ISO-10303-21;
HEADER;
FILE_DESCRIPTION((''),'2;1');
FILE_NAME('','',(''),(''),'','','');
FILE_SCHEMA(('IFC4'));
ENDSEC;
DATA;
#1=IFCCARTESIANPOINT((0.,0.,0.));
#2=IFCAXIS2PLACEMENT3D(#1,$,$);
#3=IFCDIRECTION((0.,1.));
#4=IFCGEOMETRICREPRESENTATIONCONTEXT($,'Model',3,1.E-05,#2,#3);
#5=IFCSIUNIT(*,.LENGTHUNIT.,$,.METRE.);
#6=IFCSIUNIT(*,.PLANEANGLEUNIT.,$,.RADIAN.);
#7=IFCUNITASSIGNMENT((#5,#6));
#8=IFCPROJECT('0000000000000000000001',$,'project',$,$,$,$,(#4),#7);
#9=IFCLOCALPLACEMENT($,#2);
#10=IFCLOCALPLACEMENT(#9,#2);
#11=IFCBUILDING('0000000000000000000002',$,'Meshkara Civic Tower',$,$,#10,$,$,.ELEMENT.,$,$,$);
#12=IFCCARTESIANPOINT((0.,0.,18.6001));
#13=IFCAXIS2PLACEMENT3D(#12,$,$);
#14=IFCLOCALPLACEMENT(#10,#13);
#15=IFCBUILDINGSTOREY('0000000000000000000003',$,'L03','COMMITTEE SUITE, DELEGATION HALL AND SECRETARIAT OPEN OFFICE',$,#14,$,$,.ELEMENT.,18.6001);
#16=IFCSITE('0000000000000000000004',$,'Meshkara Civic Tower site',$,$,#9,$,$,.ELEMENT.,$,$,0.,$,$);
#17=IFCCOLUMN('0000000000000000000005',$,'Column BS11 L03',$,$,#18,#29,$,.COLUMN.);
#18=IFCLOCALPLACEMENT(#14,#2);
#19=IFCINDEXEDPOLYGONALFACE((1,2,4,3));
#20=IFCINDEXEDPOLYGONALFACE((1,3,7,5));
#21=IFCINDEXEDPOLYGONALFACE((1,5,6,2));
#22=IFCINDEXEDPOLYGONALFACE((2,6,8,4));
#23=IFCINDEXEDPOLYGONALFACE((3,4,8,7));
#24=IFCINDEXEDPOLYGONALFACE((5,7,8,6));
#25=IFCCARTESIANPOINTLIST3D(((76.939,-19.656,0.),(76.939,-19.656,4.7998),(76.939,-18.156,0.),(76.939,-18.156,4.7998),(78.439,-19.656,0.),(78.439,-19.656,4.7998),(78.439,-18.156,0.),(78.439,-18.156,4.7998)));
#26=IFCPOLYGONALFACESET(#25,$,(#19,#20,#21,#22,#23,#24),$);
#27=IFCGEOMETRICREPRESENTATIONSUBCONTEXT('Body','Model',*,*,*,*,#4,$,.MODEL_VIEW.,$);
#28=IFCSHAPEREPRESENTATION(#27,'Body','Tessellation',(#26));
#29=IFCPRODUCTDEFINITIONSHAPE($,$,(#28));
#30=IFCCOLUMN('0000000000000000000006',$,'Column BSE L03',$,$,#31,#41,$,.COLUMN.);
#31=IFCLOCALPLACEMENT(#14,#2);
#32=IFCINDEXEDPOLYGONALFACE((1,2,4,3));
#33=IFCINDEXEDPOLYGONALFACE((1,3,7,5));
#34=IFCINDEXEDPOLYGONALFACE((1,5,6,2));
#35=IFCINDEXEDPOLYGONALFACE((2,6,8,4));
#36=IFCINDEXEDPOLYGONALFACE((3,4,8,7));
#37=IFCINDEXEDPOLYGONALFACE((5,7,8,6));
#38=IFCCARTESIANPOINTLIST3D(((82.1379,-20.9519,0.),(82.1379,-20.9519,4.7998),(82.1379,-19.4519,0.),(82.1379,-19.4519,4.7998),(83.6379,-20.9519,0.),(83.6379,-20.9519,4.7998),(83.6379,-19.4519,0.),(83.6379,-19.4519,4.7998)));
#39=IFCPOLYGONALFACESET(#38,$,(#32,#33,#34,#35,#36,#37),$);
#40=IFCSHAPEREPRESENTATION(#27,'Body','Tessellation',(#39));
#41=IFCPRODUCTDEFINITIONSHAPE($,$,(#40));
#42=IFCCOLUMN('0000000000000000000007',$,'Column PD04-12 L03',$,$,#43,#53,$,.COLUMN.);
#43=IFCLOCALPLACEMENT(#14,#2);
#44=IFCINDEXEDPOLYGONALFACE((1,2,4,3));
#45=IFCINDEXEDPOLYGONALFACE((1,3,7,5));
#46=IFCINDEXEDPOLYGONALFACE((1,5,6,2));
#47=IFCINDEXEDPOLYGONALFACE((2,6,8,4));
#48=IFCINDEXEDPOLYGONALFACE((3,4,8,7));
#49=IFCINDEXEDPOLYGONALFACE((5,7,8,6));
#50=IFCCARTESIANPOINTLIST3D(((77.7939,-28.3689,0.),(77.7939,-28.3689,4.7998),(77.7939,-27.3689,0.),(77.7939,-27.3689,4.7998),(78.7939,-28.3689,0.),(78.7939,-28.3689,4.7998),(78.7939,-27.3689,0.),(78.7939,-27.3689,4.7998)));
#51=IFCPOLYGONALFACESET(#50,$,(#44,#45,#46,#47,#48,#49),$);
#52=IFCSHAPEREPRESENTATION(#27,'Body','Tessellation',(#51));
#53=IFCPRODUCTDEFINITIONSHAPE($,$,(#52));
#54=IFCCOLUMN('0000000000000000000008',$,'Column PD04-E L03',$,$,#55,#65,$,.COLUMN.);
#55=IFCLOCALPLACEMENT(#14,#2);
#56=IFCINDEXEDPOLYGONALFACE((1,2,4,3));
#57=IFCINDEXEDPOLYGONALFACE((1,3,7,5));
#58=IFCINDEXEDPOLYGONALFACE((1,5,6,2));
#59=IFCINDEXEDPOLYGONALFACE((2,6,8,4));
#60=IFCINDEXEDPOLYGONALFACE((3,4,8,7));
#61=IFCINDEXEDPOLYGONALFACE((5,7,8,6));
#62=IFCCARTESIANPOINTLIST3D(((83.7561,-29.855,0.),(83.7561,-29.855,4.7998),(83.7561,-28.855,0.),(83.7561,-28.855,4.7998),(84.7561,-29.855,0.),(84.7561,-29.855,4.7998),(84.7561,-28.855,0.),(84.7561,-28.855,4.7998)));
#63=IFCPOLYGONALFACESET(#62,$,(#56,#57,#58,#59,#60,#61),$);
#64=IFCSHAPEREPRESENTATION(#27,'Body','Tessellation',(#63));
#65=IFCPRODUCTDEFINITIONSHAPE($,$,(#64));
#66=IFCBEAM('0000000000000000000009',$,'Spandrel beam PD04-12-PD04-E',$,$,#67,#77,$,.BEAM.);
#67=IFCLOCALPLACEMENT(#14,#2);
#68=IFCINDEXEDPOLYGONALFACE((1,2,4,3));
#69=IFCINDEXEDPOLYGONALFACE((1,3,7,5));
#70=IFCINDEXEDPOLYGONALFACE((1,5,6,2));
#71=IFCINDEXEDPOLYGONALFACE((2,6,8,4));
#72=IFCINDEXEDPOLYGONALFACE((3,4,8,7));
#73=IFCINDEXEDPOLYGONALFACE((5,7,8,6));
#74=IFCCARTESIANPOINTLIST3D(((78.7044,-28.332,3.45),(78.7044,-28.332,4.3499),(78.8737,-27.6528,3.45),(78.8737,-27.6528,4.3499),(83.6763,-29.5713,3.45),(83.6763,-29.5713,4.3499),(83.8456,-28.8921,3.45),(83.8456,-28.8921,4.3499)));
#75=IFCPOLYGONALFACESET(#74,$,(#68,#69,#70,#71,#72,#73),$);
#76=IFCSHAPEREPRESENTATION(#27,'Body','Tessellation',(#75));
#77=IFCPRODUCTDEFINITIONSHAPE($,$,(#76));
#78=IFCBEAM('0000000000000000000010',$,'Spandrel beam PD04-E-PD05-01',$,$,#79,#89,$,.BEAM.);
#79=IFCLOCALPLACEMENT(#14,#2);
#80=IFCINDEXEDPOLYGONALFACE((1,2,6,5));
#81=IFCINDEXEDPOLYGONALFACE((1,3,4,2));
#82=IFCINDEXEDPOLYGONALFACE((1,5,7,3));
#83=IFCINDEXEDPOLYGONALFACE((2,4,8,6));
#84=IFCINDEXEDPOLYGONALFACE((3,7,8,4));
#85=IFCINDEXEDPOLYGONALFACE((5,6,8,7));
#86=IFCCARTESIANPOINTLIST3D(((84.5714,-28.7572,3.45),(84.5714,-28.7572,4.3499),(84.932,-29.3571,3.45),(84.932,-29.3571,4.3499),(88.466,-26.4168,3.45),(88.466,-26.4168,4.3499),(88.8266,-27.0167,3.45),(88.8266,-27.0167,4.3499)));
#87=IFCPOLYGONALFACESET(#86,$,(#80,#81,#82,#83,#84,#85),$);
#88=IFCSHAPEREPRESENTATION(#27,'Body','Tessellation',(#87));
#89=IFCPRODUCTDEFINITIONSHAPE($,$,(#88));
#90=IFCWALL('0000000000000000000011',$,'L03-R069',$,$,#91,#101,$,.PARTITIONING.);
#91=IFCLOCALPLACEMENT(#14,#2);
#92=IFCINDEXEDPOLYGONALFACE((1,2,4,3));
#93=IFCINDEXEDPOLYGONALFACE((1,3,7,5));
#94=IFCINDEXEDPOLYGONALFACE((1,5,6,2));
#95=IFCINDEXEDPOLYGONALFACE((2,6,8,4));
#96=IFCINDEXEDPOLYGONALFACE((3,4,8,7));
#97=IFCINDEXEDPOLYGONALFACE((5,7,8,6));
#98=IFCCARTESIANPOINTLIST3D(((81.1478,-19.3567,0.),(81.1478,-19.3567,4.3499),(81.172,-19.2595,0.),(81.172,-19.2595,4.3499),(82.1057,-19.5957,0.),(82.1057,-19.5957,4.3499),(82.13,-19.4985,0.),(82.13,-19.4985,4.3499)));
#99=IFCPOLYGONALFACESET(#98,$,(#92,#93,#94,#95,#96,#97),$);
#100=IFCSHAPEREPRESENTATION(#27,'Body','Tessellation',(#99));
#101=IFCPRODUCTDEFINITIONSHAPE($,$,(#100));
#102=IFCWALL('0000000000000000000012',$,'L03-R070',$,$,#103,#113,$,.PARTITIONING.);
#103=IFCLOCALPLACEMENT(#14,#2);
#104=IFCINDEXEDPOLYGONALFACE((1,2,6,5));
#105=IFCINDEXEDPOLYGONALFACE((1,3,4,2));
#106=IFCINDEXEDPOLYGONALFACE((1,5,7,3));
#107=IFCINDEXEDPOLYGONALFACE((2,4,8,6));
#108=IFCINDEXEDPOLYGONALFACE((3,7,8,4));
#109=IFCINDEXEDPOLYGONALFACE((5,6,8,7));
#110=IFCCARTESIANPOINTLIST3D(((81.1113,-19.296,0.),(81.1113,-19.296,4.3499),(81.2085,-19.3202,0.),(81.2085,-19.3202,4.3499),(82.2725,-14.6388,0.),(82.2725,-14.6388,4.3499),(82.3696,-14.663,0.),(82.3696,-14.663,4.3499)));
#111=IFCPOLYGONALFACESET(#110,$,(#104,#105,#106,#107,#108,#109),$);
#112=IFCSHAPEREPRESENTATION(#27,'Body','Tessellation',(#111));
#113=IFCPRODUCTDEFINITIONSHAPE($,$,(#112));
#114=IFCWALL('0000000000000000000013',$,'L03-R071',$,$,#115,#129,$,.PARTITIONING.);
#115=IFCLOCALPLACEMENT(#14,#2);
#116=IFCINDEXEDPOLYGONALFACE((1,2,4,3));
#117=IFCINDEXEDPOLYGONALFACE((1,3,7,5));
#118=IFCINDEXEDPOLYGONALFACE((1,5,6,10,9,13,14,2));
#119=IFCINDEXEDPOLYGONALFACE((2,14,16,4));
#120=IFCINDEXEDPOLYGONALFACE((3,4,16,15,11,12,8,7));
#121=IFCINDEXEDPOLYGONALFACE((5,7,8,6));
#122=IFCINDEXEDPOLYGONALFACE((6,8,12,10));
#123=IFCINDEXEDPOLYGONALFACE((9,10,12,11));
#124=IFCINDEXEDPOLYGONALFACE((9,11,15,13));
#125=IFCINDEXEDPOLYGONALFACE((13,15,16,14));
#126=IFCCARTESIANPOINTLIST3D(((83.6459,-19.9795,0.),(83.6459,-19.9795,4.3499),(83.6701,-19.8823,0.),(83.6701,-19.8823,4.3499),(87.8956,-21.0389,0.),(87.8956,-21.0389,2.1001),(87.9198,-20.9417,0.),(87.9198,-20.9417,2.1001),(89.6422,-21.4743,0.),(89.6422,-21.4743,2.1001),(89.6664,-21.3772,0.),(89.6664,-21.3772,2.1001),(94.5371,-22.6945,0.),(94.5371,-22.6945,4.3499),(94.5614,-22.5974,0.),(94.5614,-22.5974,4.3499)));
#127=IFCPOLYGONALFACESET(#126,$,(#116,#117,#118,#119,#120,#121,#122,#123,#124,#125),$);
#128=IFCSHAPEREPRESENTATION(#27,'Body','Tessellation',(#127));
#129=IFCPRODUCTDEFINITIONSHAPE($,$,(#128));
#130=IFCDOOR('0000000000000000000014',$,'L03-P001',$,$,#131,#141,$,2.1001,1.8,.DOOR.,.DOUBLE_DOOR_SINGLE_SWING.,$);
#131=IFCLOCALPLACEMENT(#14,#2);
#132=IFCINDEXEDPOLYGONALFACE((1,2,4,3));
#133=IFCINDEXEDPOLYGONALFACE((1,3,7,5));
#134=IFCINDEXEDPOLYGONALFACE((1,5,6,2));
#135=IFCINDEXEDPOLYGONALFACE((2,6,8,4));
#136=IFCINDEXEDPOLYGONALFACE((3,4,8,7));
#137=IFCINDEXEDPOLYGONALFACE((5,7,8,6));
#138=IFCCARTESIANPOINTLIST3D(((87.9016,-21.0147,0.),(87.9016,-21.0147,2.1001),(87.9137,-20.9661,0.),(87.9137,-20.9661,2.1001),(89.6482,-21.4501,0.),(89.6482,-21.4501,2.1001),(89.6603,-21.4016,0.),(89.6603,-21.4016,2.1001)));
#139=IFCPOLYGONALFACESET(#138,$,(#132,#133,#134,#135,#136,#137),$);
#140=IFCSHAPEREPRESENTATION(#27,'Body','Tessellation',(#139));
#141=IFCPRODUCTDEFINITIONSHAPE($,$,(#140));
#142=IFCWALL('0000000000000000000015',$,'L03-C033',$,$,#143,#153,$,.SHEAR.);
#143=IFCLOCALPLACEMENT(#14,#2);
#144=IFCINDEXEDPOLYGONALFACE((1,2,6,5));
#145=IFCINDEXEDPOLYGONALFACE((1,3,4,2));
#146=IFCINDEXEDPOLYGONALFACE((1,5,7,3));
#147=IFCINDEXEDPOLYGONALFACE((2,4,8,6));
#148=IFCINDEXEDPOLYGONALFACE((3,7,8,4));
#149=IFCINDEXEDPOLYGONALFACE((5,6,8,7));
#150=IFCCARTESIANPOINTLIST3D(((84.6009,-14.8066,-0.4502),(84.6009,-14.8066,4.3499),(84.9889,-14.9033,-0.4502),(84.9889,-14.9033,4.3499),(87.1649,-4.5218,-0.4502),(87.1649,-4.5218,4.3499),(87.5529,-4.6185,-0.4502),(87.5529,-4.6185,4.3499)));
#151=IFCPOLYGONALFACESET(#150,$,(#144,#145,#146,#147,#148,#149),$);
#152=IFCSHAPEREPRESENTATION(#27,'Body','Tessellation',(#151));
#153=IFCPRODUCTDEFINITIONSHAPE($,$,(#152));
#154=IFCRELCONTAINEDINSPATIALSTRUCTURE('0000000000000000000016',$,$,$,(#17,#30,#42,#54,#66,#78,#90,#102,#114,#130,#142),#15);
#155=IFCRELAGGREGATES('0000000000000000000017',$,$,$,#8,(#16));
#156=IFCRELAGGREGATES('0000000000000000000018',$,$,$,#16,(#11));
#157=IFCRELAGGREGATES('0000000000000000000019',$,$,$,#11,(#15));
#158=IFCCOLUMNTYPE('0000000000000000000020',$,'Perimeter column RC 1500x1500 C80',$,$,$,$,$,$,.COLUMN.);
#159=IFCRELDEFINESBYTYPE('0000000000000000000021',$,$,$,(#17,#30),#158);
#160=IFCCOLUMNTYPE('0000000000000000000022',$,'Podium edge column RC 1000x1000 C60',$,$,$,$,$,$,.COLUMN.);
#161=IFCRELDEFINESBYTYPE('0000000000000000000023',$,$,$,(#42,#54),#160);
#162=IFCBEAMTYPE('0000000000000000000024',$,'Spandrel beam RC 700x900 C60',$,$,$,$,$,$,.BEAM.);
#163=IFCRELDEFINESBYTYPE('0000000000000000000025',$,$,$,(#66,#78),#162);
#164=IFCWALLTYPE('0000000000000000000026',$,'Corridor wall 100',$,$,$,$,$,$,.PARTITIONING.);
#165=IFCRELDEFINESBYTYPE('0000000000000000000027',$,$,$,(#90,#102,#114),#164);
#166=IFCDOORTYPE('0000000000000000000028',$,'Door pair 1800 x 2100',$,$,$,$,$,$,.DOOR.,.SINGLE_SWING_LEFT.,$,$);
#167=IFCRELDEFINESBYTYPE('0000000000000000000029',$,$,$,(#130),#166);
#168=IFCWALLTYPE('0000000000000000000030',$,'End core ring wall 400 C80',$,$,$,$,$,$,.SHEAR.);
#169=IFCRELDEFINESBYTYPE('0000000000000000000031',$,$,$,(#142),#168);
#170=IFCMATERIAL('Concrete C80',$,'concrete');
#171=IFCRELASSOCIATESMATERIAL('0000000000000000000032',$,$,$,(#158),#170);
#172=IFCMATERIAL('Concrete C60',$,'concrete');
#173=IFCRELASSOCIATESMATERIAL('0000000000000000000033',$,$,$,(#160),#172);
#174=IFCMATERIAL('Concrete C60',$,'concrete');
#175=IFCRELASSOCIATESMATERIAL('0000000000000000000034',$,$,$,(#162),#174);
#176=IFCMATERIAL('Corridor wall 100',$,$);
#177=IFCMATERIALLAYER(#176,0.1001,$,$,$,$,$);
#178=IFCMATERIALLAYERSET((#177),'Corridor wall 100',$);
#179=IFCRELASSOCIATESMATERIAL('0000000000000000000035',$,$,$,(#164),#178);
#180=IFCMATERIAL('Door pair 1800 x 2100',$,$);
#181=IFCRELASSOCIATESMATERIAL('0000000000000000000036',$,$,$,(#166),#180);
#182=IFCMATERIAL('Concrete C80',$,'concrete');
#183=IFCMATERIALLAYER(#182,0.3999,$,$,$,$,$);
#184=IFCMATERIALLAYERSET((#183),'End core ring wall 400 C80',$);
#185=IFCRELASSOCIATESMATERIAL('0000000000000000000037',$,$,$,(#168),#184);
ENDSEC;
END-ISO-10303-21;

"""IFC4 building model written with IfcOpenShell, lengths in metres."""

from ifc_helpers import new_model, si_unit, direction, frame, frame_2d, origin, origin_2d, place, context, subcontext, project, spatial, rectangle, extrude, material, layer, layer_set, material_profile, profile_set, type_object, element, fill, save


model = new_model("IFC4")

# Units and contexts
model_context = context("Model", 3, precision=1e-05, world=origin(), true_north=direction((0.0, 1.0)))
body_context = subcontext(model_context, "Body", "Model", "MODEL_VIEW")
ifc_project = project(units=[si_unit("LENGTHUNIT", "METRE"), si_unit("PLANEANGLEUNIT", "RADIAN")], contexts=[model_context])

# Site, building, storey
site_placement = place(None, origin())
site = spatial("IfcSite", under=ifc_project, at=site_placement, Name="Meshkara Civic Tower site", CompositionType="ELEMENT", RefElevation=0.0)
building_placement = place(site_placement, origin())
building = spatial("IfcBuilding", under=site, at=building_placement, Name="Meshkara Civic Tower", CompositionType="ELEMENT")
storey_placement = place(building_placement, frame((0.0, 0.0, 18.6001)))
storey = spatial("IfcBuildingStorey", under=building, at=storey_placement, Name="L03", Description="COMMITTEE SUITE, DELEGATION HALL AND SECRETARIAT OPEN OFFICE", CompositionType="ELEMENT", Elevation=18.6001)

# Columns
ifc_material_1 = material(Name="Concrete C80", Category="concrete")
ifc_material_profile_1 = material_profile(ifc_material_1, rectangle(XDim=1.5, YDim=1.5, at=origin_2d()))
ifc_profile_set_1 = profile_set([ifc_material_profile_1], Name="Concrete C80")
column_type_1 = type_object("IfcColumnType", Name="Perimeter column RC 1500x1500 C80", PredefinedType="COLUMN", material=ifc_profile_set_1)
for number, where, z_axis, x_axis, name in (
    (1, (77.689, -18.906, 0.0), (0.0, 0.0, 1.0), (1.0, 0.0, 0.0), "Column BS11 L03"),
    (2, (82.8879, -20.2019, 0.0), (0.0, 0.0, 1.0), (1.0, 0.0, 0.0), "Column BSE L03"),
):
    element("IfcColumn", number, at=place(storey_placement, frame(where, z_axis=z_axis, x_axis=x_axis)), inside=storey, type_object=column_type_1, Name=name, PredefinedType="COLUMN", context=body_context, shape_type="SweptSolid", body=[
        extrude(rectangle(XDim=1.5, YDim=1.5, at=origin_2d()), origin(), (0.0, 0.0, 1.0), 4.7998),
    ])
ifc_material_2 = material(Name="Concrete C60", Category="concrete")
ifc_material_profile_2 = material_profile(ifc_material_2, rectangle(XDim=1.0, YDim=1.0, at=origin_2d()))
ifc_profile_set_2 = profile_set([ifc_material_profile_2], Name="Concrete C60")
column_type_2 = type_object("IfcColumnType", Name="Podium edge column RC 1000x1000 C60", PredefinedType="COLUMN", material=ifc_profile_set_2)
for number, where, z_axis, x_axis, name in (
    (3, (78.2939, -27.8689, 0.0), (0.0, 0.0, 1.0), (1.0, 0.0, 0.0), "Column PD04-12 L03"),
    (4, (84.2561, -29.355, 0.0), (0.0, 0.0, 1.0), (1.0, 0.0, 0.0), "Column PD04-E L03"),
):
    element("IfcColumn", number, at=place(storey_placement, frame(where, z_axis=z_axis, x_axis=x_axis)), inside=storey, type_object=column_type_2, Name=name, PredefinedType="COLUMN", context=body_context, shape_type="SweptSolid", body=[
        extrude(rectangle(XDim=1.0, YDim=1.0, at=origin_2d()), origin(), (0.0, 0.0, 1.0), 4.7998),
    ])

# Beams
ifc_material_3 = material(Name="Concrete C60", Category="concrete")
ifc_material_profile_3 = material_profile(ifc_material_3, rectangle(XDim=0.7, YDim=0.8999, at=origin_2d()))
ifc_profile_set_3 = profile_set([ifc_material_profile_3], Name="Concrete C60")
beam_type = type_object("IfcBeamType", Name="Spandrel beam RC 700x900 C60", PredefinedType="BEAM", material=ifc_profile_set_3)
beam_1_placement = place(storey_placement, frame((78.7891, -27.9924, 3.8999), z_axis=(0.970313, -0.241852, 0.0), x_axis=(0.241852, 0.970313, 0.0)))
element("IfcBeam", 5, at=beam_1_placement, inside=storey, type_object=beam_type, Name="Spandrel beam PD04-12-PD04-E", PredefinedType="BEAM", context=body_context, shape_type="SweptSolid", body=[
    extrude(rectangle(XDim=0.7, YDim=0.8999, at=origin_2d()), origin(), (0.0, 0.0, 1.0), 5.124),
])
beam_2_placement = place(storey_placement, frame((84.7517, -29.0571, 3.8999), z_axis=(0.857142, 0.51508, 0.0), x_axis=(-0.51508, 0.857142, 0.0)))
element("IfcBeam", 6, at=beam_2_placement, inside=storey, type_object=beam_type, Name="Spandrel beam PD04-E-PD05-01", PredefinedType="BEAM", context=body_context, shape_type="SweptSolid", body=[
    extrude(rectangle(XDim=0.7, YDim=0.8999, at=origin_2d()), origin(), (0.0, 0.0, 1.0), 4.5437),
])

# Walls
ifc_material_4 = material(Name="Corridor wall 100")
ifc_layer_1 = layer(ifc_material_4, 0.1001)
ifc_layer_set_1 = layer_set([ifc_layer_1], Name="Corridor wall 100")
wall_type_1 = type_object("IfcWallType", Name="Corridor wall 100", PredefinedType="PARTITIONING", material=ifc_layer_set_1)
wall_1_placement = place(storey_placement, frame((81.1599, -19.3081, 0.0), z_axis=(0.0, 0.0, 1.0), x_axis=(0.970259, -0.24207, 0.0)))
element("IfcWall", 7, at=wall_1_placement, inside=storey, type_object=wall_type_1, Name="L03-R069", PredefinedType="PARTITIONING", context=body_context, shape_type="SweptSolid", body=[
    extrude(rectangle(XDim=0.9873, YDim=0.1001, at=frame_2d((0.4937, 0.0))), origin(), (0.0, 0.0, 1.0), 4.3499),
])
wall_2_placement = place(storey_placement, frame((82.321, -14.6509, 0.0), z_axis=(0.0, 0.0, 1.0), x_axis=(-0.241913, -0.970298, 0.0)))
element("IfcWall", 8, at=wall_2_placement, inside=storey, type_object=wall_type_1, Name="L03-R070", PredefinedType="PARTITIONING", context=body_context, shape_type="SweptSolid", body=[
    extrude(rectangle(XDim=4.7998, YDim=0.1001, at=frame_2d((2.3999, 0.0))), origin(), (0.0, 0.0, 1.0), 4.3499),
])

# Wall, opening, door
wall_3_placement = place(storey_placement, frame((83.658, -19.9309, 0.0), z_axis=(0.0, 0.0, 1.0), x_axis=(0.970305, -0.241886, 0.0)))
wall_3 = element("IfcWall", 9, at=wall_3_placement, inside=storey, type_object=wall_type_1, Name="L03-R071", PredefinedType="PARTITIONING", context=body_context, shape_type="SweptSolid", body=[
    extrude(rectangle(XDim=11.2246, YDim=0.1001, at=frame_2d((5.6123, 0.0))), origin(), (0.0, 0.0, 1.0), 4.3499),
])
opening_1_placement = place(wall_3_placement, frame((4.3799, 0.0, 0.0)))
opening_1 = element("IfcOpeningElement", 10, at=opening_1_placement, cuts=wall_3, PredefinedType="OPENING", context=body_context, shape_type="SweptSolid", body=[
    extrude(rectangle(XDim=1.8, YDim=2.1001, at=frame_2d((0.8999, 1.05))), frame((0.0, 0.0601, 0.0), z_axis=(0.0, -1.0, 0.0), x_axis=(1.0, 0.0, 0.0)), (0.0, 0.0, 1.0), 0.1201),
])
ifc_material_5 = material(Name="Door pair 1800 x 2100")
door_type_1 = type_object("IfcDoorType", Name="Door pair 1800 x 2100", OperationType="SINGLE_SWING_LEFT", PredefinedType="DOOR", material=ifc_material_5)
door_1_placement = place(opening_1_placement, origin())
door_1 = element("IfcDoor", 11, at=door_1_placement, inside=storey, type_object=door_type_1, Name="L03-P001", OperationType="DOUBLE_DOOR_SINGLE_SWING", OverallHeight=2.1001, OverallWidth=1.8, PredefinedType="DOOR", context=body_context, shape_type="SweptSolid", body=[
    extrude(rectangle(XDim=1.8, YDim=2.1001, at=frame_2d((0.8999, 1.05))), frame((0.0, 0.0249, 0.0), z_axis=(0.0, -1.0, 0.0), x_axis=(1.0, 0.0, 0.0)), (0.0, 0.0, 1.0), 0.05),
])
fill(opening_1, door_1)

# Wall
ifc_material_6 = material(Name="Concrete C80", Category="concrete")
ifc_layer_2 = layer(ifc_material_6, 0.3999)
ifc_layer_set_2 = layer_set([ifc_layer_2], Name="End core ring wall 400 C80")
wall_type_2 = type_object("IfcWallType", Name="End core ring wall 400 C80", PredefinedType="SHEAR", material=ifc_layer_set_2)
wall_4_placement = place(storey_placement, frame((84.7949, -14.855, -0.4502), z_axis=(0.0, 0.0, 1.0), x_axis=(0.241891, 0.970304, 0.0)))
element("IfcWall", 12, at=wall_4_placement, inside=storey, type_object=wall_type_2, Name="L03-C033", PredefinedType="SHEAR", context=body_context, shape_type="SweptSolid", body=[
    extrude(rectangle(XDim=10.5996, YDim=0.3999, at=frame_2d((5.2998, 0.0))), origin(), (0.0, 0.0, 1.0), 4.8),
])

save(model, "model.ifc")
